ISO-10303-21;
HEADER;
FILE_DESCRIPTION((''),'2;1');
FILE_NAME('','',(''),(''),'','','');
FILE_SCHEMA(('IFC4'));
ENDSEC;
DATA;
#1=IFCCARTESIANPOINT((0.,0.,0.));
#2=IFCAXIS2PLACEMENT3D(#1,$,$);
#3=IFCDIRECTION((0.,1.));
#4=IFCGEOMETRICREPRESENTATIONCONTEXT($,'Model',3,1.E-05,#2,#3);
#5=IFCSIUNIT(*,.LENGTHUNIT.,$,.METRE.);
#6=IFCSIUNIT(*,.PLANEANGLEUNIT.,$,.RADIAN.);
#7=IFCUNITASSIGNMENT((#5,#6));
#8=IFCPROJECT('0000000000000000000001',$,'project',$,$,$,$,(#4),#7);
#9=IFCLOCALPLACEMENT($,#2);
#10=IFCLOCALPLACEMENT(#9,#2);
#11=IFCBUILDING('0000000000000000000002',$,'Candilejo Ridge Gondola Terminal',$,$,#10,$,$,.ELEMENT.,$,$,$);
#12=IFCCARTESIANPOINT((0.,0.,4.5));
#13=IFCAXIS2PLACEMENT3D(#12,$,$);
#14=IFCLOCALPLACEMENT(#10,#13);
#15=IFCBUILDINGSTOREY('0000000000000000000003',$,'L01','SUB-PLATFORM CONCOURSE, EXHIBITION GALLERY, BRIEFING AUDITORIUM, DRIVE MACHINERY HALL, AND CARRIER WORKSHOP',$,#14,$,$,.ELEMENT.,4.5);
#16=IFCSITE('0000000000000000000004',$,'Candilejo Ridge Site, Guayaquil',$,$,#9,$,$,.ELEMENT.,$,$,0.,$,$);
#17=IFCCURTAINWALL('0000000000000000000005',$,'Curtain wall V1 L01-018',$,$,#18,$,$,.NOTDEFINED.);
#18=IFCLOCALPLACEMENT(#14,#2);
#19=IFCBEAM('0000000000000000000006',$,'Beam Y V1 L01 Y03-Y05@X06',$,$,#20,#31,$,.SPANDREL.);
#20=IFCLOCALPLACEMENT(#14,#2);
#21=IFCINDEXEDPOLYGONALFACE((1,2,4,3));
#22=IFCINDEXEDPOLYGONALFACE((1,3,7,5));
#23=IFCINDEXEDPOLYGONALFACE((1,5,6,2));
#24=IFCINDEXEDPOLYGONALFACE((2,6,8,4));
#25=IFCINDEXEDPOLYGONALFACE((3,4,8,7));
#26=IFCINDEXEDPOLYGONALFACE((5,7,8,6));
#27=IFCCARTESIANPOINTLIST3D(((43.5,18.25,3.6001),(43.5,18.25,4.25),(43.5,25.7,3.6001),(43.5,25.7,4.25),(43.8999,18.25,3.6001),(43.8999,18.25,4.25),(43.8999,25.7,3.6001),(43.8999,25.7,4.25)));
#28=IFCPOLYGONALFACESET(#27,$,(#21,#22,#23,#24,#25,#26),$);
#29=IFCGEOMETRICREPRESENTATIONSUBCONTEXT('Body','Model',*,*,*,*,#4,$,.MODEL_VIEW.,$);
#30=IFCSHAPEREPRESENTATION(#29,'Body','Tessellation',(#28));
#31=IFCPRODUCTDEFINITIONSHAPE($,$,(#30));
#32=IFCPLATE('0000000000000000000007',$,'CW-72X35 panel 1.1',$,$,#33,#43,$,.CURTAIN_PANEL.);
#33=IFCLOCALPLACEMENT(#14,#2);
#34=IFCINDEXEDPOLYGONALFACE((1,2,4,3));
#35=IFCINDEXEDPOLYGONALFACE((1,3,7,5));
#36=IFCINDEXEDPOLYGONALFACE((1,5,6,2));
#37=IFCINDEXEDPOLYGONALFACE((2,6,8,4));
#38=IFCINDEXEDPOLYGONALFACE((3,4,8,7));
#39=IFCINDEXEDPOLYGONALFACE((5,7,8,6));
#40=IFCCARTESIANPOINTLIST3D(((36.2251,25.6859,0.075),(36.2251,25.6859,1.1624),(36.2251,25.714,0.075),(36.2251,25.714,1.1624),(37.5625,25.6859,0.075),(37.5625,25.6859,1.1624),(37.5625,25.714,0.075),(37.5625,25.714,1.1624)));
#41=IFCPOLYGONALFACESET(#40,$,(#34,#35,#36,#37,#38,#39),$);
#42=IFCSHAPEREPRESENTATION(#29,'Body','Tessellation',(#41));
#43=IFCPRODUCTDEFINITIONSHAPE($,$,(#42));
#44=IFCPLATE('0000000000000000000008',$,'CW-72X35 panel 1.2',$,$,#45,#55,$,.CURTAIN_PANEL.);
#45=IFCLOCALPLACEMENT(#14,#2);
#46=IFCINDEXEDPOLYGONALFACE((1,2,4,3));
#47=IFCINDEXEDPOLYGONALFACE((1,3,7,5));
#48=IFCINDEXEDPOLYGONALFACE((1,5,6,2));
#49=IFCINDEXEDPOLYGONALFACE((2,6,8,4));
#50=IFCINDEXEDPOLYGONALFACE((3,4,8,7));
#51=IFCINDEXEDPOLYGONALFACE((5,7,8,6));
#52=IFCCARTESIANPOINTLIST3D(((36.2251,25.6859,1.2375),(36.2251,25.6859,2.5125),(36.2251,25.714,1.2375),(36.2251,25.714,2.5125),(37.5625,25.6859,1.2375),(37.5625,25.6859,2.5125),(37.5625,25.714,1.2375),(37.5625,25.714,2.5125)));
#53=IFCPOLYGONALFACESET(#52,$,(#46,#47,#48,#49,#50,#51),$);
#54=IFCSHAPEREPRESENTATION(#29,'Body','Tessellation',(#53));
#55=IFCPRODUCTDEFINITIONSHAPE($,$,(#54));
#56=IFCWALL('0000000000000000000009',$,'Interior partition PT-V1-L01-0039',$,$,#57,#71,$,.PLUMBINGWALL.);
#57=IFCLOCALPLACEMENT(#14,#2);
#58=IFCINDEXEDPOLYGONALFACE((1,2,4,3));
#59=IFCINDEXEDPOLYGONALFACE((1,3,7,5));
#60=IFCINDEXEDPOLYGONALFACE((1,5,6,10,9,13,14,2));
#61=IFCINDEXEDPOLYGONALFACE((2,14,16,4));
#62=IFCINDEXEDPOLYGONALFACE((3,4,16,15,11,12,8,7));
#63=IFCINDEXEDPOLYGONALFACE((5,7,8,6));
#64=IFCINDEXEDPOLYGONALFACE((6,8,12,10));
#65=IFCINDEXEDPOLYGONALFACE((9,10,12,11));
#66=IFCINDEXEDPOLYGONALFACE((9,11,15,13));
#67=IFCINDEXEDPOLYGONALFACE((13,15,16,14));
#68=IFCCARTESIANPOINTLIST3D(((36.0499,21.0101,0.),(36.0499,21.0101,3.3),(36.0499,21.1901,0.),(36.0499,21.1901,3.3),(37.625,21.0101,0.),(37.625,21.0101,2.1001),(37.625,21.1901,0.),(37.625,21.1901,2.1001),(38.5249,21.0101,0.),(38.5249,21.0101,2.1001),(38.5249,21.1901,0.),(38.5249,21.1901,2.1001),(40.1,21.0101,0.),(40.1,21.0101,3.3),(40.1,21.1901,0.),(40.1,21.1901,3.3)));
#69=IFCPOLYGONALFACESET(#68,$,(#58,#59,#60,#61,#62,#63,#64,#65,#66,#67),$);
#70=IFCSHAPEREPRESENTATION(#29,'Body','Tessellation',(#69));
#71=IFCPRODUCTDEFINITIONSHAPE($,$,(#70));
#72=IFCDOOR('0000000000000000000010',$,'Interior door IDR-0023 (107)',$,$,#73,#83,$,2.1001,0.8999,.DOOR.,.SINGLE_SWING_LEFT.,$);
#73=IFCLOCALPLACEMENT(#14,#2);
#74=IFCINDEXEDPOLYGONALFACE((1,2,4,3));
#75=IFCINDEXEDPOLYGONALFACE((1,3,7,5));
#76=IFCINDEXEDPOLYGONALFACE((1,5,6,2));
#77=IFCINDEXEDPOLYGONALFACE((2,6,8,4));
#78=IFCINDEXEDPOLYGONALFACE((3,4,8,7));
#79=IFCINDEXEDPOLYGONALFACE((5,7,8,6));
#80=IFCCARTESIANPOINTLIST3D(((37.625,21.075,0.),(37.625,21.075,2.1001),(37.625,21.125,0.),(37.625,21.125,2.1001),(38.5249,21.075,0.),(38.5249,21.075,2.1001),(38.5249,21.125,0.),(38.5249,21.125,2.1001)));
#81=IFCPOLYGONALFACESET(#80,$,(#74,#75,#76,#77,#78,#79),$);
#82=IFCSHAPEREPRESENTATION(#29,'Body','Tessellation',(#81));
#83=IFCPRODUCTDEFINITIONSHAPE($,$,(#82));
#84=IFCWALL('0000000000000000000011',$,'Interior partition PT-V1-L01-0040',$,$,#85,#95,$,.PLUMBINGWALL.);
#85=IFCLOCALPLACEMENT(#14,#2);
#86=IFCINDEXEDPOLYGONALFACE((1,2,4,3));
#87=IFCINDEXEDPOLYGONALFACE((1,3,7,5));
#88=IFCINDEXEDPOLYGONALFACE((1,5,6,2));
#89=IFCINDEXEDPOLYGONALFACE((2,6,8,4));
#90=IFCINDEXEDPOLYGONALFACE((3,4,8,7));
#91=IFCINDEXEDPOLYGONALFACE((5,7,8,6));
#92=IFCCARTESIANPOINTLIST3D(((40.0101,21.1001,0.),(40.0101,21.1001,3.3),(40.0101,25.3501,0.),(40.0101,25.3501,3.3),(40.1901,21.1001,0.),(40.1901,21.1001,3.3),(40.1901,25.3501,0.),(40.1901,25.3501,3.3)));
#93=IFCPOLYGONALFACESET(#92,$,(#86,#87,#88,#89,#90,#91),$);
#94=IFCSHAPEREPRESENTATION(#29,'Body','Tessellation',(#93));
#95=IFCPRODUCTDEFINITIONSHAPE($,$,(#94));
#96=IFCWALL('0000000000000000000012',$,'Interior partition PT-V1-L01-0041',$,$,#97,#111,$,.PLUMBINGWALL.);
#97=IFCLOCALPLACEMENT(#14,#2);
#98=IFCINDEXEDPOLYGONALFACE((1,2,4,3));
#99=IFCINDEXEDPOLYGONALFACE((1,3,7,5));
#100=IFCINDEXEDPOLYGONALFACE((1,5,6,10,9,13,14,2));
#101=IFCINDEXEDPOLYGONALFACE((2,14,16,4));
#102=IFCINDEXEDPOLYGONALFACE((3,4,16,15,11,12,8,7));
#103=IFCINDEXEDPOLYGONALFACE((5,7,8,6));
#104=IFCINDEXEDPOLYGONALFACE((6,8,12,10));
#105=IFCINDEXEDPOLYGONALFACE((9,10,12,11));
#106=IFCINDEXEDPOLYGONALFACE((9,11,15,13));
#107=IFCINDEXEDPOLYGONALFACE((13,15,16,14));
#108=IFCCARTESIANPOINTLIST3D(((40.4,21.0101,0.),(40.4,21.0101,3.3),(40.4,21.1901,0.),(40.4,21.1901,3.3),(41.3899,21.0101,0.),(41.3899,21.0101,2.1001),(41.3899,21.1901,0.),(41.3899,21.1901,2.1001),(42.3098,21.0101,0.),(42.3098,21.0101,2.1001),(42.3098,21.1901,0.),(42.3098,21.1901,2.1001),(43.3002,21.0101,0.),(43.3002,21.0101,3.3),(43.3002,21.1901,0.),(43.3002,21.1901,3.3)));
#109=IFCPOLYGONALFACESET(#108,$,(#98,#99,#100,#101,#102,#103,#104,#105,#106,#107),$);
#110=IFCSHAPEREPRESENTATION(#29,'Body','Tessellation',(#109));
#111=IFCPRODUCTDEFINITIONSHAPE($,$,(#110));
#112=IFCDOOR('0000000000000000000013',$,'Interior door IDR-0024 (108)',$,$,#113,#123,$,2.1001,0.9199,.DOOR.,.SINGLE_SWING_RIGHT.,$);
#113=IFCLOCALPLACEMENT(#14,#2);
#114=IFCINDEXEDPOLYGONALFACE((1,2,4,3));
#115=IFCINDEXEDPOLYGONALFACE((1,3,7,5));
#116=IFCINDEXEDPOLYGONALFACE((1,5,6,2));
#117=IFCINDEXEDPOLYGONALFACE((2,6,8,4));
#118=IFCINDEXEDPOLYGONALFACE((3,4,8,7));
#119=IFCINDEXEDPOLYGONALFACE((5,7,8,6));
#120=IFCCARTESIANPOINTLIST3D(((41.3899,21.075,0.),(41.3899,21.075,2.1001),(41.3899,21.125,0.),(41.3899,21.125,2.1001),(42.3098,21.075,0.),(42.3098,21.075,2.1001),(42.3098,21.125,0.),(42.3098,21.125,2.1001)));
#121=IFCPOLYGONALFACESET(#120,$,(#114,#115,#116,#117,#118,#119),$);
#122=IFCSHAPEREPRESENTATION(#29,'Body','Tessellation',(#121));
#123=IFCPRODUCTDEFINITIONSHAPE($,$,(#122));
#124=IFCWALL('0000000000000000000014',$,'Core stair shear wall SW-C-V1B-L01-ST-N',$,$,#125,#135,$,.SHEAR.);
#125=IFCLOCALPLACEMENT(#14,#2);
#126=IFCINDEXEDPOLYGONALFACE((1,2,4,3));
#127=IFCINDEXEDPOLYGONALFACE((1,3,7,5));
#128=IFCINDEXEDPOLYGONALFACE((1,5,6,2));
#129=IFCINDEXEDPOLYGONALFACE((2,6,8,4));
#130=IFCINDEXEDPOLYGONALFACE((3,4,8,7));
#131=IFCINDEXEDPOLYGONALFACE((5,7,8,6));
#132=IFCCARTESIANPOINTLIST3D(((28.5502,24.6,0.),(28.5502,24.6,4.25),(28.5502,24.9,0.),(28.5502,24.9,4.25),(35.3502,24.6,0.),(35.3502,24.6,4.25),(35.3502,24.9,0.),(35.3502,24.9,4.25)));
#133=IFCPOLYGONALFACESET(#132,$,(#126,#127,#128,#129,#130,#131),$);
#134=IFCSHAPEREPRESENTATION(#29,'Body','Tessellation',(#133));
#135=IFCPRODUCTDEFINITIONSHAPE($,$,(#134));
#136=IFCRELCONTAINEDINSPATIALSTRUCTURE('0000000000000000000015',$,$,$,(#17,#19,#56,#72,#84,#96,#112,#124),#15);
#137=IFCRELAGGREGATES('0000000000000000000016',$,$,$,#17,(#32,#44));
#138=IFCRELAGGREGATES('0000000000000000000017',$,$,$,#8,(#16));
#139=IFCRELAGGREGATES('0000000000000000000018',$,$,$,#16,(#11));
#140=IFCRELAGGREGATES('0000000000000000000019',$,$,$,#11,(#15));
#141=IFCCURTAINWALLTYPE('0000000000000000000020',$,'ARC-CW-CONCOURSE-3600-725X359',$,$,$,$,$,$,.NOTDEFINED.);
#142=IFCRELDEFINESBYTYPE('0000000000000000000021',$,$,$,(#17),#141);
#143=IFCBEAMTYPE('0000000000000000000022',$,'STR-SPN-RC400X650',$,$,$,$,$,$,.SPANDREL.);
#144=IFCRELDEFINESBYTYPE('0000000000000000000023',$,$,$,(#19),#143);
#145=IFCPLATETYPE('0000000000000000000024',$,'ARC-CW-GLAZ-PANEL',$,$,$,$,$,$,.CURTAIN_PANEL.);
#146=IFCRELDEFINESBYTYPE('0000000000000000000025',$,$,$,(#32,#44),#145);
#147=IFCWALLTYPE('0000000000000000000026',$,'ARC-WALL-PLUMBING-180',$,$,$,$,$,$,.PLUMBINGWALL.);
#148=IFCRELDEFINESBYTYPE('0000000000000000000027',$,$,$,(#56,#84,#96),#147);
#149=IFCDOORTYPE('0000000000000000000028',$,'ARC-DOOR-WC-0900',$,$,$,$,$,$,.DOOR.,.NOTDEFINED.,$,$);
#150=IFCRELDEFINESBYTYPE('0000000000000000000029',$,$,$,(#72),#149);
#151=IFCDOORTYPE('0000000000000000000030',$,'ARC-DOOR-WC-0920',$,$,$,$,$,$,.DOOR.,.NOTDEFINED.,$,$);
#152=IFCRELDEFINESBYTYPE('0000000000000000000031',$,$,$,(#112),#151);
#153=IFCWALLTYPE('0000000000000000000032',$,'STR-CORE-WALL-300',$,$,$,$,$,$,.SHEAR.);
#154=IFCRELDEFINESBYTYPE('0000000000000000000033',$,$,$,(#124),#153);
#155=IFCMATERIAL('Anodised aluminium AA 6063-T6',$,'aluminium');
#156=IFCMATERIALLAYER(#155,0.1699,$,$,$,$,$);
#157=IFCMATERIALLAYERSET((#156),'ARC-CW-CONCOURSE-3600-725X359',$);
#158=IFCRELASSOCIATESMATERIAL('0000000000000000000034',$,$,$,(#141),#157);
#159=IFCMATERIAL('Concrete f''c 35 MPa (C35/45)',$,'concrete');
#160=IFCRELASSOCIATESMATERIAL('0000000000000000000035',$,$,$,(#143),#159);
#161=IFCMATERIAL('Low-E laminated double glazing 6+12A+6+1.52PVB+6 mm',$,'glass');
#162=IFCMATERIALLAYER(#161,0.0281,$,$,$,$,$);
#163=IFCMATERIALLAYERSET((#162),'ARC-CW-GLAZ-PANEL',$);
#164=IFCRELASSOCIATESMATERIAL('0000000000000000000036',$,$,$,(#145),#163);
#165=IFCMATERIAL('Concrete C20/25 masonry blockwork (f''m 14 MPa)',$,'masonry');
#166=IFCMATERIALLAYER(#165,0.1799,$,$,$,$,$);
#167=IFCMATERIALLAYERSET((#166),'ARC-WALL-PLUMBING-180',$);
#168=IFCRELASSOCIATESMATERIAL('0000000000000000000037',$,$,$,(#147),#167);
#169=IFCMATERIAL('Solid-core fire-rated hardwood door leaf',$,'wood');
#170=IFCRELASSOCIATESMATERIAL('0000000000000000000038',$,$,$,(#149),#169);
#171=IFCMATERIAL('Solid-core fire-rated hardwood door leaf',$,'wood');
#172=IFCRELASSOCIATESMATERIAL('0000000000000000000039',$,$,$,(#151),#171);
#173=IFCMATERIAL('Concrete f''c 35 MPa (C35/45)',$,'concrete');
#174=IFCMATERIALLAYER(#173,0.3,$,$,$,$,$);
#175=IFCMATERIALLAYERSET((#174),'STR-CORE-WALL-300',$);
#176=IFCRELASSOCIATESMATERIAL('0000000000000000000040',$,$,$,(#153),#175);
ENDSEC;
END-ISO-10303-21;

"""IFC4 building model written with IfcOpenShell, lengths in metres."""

from ifc_helpers import new_model, si_unit, direction, frame, frame_2d, origin, origin_2d, place, context, subcontext, project, spatial, rectangle, extrude, material, layer, layer_set, material_profile, profile_set, type_object, element, fill, aggregate, save


model = new_model("IFC4")

# Units and contexts
model_context = context("Model", 3, precision=1e-05, world=origin(), true_north=direction((0.0, 1.0)))
body_context = subcontext(model_context, "Body", "Model", "MODEL_VIEW")
ifc_project = project(units=[si_unit("LENGTHUNIT", "METRE"), si_unit("PLANEANGLEUNIT", "RADIAN")], contexts=[model_context])

# Site, building, storey
site_placement = place(None, origin())
site = spatial("IfcSite", under=ifc_project, at=site_placement, Name="Candilejo Ridge Site, Guayaquil", CompositionType="ELEMENT", RefElevation=0.0)
building_placement = place(site_placement, origin())
building = spatial("IfcBuilding", under=site, at=building_placement, Name="Candilejo Ridge Gondola Terminal", CompositionType="ELEMENT")
storey_placement = place(building_placement, frame((0.0, 0.0, 4.5)))
storey = spatial("IfcBuildingStorey", under=building, at=storey_placement, Name="L01", Description="SUB-PLATFORM CONCOURSE, EXHIBITION GALLERY, BRIEFING AUDITORIUM, DRIVE MACHINERY HALL, AND CARRIER WORKSHOP", CompositionType="ELEMENT", Elevation=4.5)

# Shared definitions
ifc_material_1 = material(Name="Anodised aluminium AA 6063-T6", Category="aluminium")
ifc_layer_1 = layer(ifc_material_1, 0.1699)
ifc_layer_set_1 = layer_set([ifc_layer_1], Name="ARC-CW-CONCOURSE-3600-725X359")
curtain_wall_type = type_object("IfcCurtainWallType", Name="ARC-CW-CONCOURSE-3600-725X359", PredefinedType="NOTDEFINED", material=ifc_layer_set_1)

# Curtain wall
curtain_wall_1_placement = place(storey_placement, origin())
curtain_wall_1 = element("IfcCurtainWall", 1, at=curtain_wall_1_placement, inside=storey, type_object=curtain_wall_type, Name="Curtain wall V1 L01-018", PredefinedType="NOTDEFINED")

# Beam
ifc_material_2 = material(Name="Concrete f'c 35 MPa (C35/45)", Category="concrete")
ifc_material_profile_1 = material_profile(ifc_material_2, rectangle(XDim=0.3999, YDim=0.6499, at=origin_2d()))
ifc_profile_set_1 = profile_set([ifc_material_profile_1], Name="Concrete f'c 35 MPa (C35/45)")
beam_type_1 = type_object("IfcBeamType", Name="STR-SPN-RC400X650", PredefinedType="SPANDREL", material=ifc_profile_set_1)
beam_1_placement = place(storey_placement, frame((43.7, 18.25, 3.925), z_axis=(0.0, 1.0, 0.0), x_axis=(-1.0, 0.0, 0.0)))
element("IfcBeam", 2, at=beam_1_placement, inside=storey, type_object=beam_type_1, Name="Beam Y V1 L01 Y03-Y05@X06", PredefinedType="SPANDREL", context=body_context, shape_type="SweptSolid", body=[
    extrude(rectangle(XDim=0.3999, YDim=0.6499, at=origin_2d()), origin(), (0.0, 0.0, 1.0), 7.45),
])

# Plates
ifc_material_3 = material(Name="Low-E laminated double glazing 6+12A+6+1.52PVB+6 mm", Category="glass")
ifc_layer_2 = layer(ifc_material_3, 0.0281)
ifc_layer_set_2 = layer_set([ifc_layer_2], Name="ARC-CW-GLAZ-PANEL")
plate_type = type_object("IfcPlateType", Name="ARC-CW-GLAZ-PANEL", PredefinedType="CURTAIN_PANEL", material=ifc_layer_set_2)
plate_1_placement = place(storey_placement, frame((36.8938, 25.7, 0.075), z_axis=(0.0, 0.0, 1.0), x_axis=(1.0, 0.0, 0.0)))
plate_1 = element("IfcPlate", 3, at=plate_1_placement, type_object=plate_type, Name="CW-72X35 panel 1.1", PredefinedType="CURTAIN_PANEL", context=body_context, shape_type="SweptSolid", body=[
    extrude(rectangle(XDim=1.3374, YDim=0.0281, at=origin_2d()), origin(), (0.0, 0.0, 1.0), 1.0874),
])
plate_2_placement = place(storey_placement, frame((36.8938, 25.7, 1.2375), z_axis=(0.0, 0.0, 1.0), x_axis=(1.0, 0.0, 0.0)))
plate_2 = element("IfcPlate", 4, at=plate_2_placement, type_object=plate_type, Name="CW-72X35 panel 1.2", PredefinedType="CURTAIN_PANEL", context=body_context, shape_type="SweptSolid", body=[
    extrude(rectangle(XDim=1.3374, YDim=0.0281, at=origin_2d()), origin(), (0.0, 0.0, 1.0), 1.2749),
])
aggregate(curtain_wall_1, [plate_1, plate_2])

# Wall, opening, door
ifc_material_4 = material(Name="Concrete C20/25 masonry blockwork (f'm 14 MPa)", Category="masonry")
ifc_layer_3 = layer(ifc_material_4, 0.1799)
ifc_layer_set_3 = layer_set([ifc_layer_3], Name="ARC-WALL-PLUMBING-180")
wall_type_1 = type_object("IfcWallType", Name="ARC-WALL-PLUMBING-180", PredefinedType="PLUMBINGWALL", material=ifc_layer_set_3)
wall_1_placement = place(storey_placement, frame((36.05, 21.1001, 0.0), z_axis=(0.0, 0.0, 1.0), x_axis=(1.0, 0.0, 0.0)))
wall_1 = element("IfcWall", 5, at=wall_1_placement, inside=storey, type_object=wall_type_1, Name="Interior partition PT-V1-L01-0039", PredefinedType="PLUMBINGWALL", context=body_context, shape_type="SweptSolid", body=[
    extrude(rectangle(XDim=4.05, YDim=0.1799, at=frame_2d((2.0249, 0.0))), origin(), (0.0, 0.0, 1.0), 3.3),
])
opening_1_placement = place(wall_1_placement, frame((1.575, 0.0, 0.0)))
opening_1 = element("IfcOpeningElement", 6, at=opening_1_placement, cuts=wall_1, PredefinedType="OPENING", context=body_context, shape_type="SweptSolid", body=[
    extrude(rectangle(XDim=0.8999, YDim=2.1001, at=frame_2d((0.45, 1.05))), frame((0.0, 0.0999, 0.0), z_axis=(0.0, -1.0, 0.0), x_axis=(1.0, 0.0, 0.0)), (0.0, 0.0, 1.0), 0.2),
])
ifc_material_5 = material(Name="Solid-core fire-rated hardwood door leaf", Category="wood")
door_type_1 = type_object("IfcDoorType", Name="ARC-DOOR-WC-0900", OperationType="NOTDEFINED", PredefinedType="DOOR", material=ifc_material_5)
door_1_placement = place(opening_1_placement, origin())
door_1 = element("IfcDoor", 7, at=door_1_placement, inside=storey, type_object=door_type_1, Name="Interior door IDR-0023 (107)", OperationType="SINGLE_SWING_LEFT", OverallHeight=2.1001, OverallWidth=0.8999, PredefinedType="DOOR", context=body_context, shape_type="SweptSolid", body=[
    extrude(rectangle(XDim=0.8999, YDim=2.1001, at=frame_2d((0.45, 1.05))), frame((0.0, 0.0249, 0.0), z_axis=(0.0, -1.0, 0.0), x_axis=(1.0, 0.0, 0.0)), (0.0, 0.0, 1.0), 0.05),
])
fill(opening_1, door_1)

# Wall
wall_2_placement = place(storey_placement, frame((40.1001, 21.1001, 0.0), z_axis=(0.0, 0.0, 1.0), x_axis=(0.0, 1.0, 0.0)))
element("IfcWall", 8, at=wall_2_placement, inside=storey, type_object=wall_type_1, Name="Interior partition PT-V1-L01-0040", PredefinedType="PLUMBINGWALL", context=body_context, shape_type="SweptSolid", body=[
    extrude(rectangle(XDim=4.25, YDim=0.1799, at=frame_2d((2.125, 0.0))), origin(), (0.0, 0.0, 1.0), 3.3),
])

# Wall, opening, door
wall_3_placement = place(storey_placement, frame((40.3999, 21.1001, 0.0), z_axis=(0.0, 0.0, 1.0), x_axis=(1.0, 0.0, 0.0)))
wall_3 = element("IfcWall", 9, at=wall_3_placement, inside=storey, type_object=wall_type_1, Name="Interior partition PT-V1-L01-0041", PredefinedType="PLUMBINGWALL", context=body_context, shape_type="SweptSolid", body=[
    extrude(rectangle(XDim=2.9001, YDim=0.1799, at=frame_2d((1.4502, 0.0))), origin(), (0.0, 0.0, 1.0), 3.3),
])
opening_2_placement = place(wall_3_placement, frame((0.99, 0.0, 0.0)))
opening_2 = element("IfcOpeningElement", 10, at=opening_2_placement, cuts=wall_3, PredefinedType="OPENING", context=body_context, shape_type="SweptSolid", body=[
    extrude(rectangle(XDim=0.9199, YDim=2.1001, at=frame_2d((0.46, 1.05))), frame((0.0, 0.0999, 0.0), z_axis=(0.0, -1.0, 0.0), x_axis=(1.0, 0.0, 0.0)), (0.0, 0.0, 1.0), 0.2),
])
ifc_material_6 = material(Name="Solid-core fire-rated hardwood door leaf", Category="wood")
door_type_2 = type_object("IfcDoorType", Name="ARC-DOOR-WC-0920", OperationType="NOTDEFINED", PredefinedType="DOOR", material=ifc_material_6)
door_2_placement = place(opening_2_placement, origin())
door_2 = element("IfcDoor", 11, at=door_2_placement, inside=storey, type_object=door_type_2, Name="Interior door IDR-0024 (108)", OperationType="SINGLE_SWING_RIGHT", OverallHeight=2.1001, OverallWidth=0.9199, PredefinedType="DOOR", context=body_context, shape_type="SweptSolid", body=[
    extrude(rectangle(XDim=0.9199, YDim=2.1001, at=frame_2d((0.46, 1.05))), frame((0.0, 0.0249, 0.0), z_axis=(0.0, -1.0, 0.0), x_axis=(1.0, 0.0, 0.0)), (0.0, 0.0, 1.0), 0.05),
])
fill(opening_2, door_2)

# Wall
ifc_material_7 = material(Name="Concrete f'c 35 MPa (C35/45)", Category="concrete")
ifc_layer_4 = layer(ifc_material_7, 0.3)
ifc_layer_set_4 = layer_set([ifc_layer_4], Name="STR-CORE-WALL-300")
wall_type_2 = type_object("IfcWallType", Name="STR-CORE-WALL-300", PredefinedType="SHEAR", material=ifc_layer_set_4)
wall_4_placement = place(storey_placement, frame((35.3501, 24.75, 0.0), z_axis=(0.0, 0.0, 1.0), x_axis=(-1.0, 0.0, 0.0)))
element("IfcWall", 12, at=wall_4_placement, inside=storey, type_object=wall_type_2, Name="Core stair shear wall SW-C-V1B-L01-ST-N", PredefinedType="SHEAR", context=body_context, shape_type="SweptSolid", body=[
    extrude(rectangle(XDim=6.8, YDim=0.3, at=frame_2d((3.3999, 0.0))), origin(), (0.0, 0.0, 1.0), 4.25),
])

save(model, "model.ifc")
